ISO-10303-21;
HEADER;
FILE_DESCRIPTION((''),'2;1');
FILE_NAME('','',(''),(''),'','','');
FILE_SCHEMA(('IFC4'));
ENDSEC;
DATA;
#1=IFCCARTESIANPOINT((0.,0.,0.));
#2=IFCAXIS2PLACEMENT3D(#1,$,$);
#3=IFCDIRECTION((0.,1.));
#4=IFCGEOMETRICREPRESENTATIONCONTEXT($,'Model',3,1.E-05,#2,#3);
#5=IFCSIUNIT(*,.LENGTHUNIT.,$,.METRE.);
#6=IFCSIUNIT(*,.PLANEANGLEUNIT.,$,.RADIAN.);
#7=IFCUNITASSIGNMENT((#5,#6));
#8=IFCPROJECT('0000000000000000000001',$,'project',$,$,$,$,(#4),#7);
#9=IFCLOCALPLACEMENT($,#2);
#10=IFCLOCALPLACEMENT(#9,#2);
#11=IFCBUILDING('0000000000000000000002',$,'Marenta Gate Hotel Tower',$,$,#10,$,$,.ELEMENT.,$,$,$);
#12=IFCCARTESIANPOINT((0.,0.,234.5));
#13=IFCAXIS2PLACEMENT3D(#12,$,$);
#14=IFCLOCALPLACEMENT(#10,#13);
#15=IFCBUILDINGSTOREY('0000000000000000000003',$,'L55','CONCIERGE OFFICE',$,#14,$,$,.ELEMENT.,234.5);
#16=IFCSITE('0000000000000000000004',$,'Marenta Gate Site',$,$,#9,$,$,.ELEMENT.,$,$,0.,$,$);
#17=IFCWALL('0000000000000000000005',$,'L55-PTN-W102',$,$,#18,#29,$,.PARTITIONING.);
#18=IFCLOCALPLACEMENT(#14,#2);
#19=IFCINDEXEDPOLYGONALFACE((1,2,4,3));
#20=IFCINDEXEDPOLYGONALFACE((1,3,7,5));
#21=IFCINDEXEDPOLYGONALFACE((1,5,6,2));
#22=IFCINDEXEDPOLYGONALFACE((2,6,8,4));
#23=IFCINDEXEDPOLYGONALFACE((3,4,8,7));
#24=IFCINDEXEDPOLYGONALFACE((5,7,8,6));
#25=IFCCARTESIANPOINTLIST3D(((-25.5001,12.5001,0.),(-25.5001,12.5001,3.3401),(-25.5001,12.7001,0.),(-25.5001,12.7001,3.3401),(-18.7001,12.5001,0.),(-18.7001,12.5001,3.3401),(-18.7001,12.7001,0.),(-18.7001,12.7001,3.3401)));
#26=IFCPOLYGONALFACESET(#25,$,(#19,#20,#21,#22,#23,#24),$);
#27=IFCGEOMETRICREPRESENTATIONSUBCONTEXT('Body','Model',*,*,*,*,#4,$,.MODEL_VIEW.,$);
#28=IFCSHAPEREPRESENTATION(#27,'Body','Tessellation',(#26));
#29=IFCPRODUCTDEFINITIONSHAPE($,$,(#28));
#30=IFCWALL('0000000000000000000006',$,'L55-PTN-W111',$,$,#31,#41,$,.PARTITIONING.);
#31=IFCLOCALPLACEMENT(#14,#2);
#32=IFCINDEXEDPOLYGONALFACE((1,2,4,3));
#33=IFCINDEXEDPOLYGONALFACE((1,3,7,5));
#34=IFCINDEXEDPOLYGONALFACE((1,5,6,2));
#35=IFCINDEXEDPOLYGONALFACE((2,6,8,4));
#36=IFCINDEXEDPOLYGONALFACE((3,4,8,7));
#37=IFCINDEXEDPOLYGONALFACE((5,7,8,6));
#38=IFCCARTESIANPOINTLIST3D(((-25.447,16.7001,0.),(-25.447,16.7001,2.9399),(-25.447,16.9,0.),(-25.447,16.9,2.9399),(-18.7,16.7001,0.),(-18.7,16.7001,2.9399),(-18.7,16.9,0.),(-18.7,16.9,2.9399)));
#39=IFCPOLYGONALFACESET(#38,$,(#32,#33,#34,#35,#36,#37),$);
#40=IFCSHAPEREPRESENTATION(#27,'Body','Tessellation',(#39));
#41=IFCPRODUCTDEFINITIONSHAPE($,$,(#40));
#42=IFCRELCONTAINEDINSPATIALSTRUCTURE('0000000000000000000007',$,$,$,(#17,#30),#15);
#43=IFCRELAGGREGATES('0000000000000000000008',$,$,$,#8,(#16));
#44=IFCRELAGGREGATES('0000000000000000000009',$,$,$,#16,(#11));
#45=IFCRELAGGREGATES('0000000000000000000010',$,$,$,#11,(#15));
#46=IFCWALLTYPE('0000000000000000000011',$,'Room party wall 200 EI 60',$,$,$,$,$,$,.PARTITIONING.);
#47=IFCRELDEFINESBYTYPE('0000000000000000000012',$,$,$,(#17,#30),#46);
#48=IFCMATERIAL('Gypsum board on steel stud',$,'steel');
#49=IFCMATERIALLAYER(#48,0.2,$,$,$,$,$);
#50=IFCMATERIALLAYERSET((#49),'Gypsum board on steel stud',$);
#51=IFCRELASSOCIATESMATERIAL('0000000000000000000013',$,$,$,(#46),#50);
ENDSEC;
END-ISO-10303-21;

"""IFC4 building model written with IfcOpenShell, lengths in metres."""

from ifc_helpers import new_model, si_unit, direction, frame, frame_2d, origin, place, context, subcontext, project, spatial, rectangle, extrude, material, layer, layer_set, type_object, element, save


model = new_model("IFC4")

# Units and contexts
model_context = context("Model", 3, precision=1e-05, world=origin(), true_north=direction((0.0, 1.0)))
body_context = subcontext(model_context, "Body", "Model", "MODEL_VIEW")
ifc_project = project(units=[si_unit("LENGTHUNIT", "METRE"), si_unit("PLANEANGLEUNIT", "RADIAN")], contexts=[model_context])

# Site, building, storey
site_placement = place(None, origin())
site = spatial("IfcSite", under=ifc_project, at=site_placement, Name="Marenta Gate Site", CompositionType="ELEMENT", RefElevation=0.0)
building_placement = place(site_placement, origin())
building = spatial("IfcBuilding", under=site, at=building_placement, Name="Marenta Gate Hotel Tower", CompositionType="ELEMENT")
storey_placement = place(building_placement, frame((0.0, 0.0, 234.5)))
storey = spatial("IfcBuildingStorey", under=building, at=storey_placement, Name="L55", Description="CONCIERGE OFFICE", CompositionType="ELEMENT", Elevation=234.5)

# Walls
ifc_material_1 = material(Name="Gypsum board on steel stud", Category="steel")
ifc_layer_1 = layer(ifc_material_1, 0.2)
ifc_layer_set_1 = layer_set([ifc_layer_1], Name="Gypsum board on steel stud")
wall_type = type_object("IfcWallType", Name="Room party wall 200 EI 60", PredefinedType="PARTITIONING", material=ifc_layer_set_1)
wall_1_placement = place(storey_placement, frame((-25.5, 12.6001, 0.0), z_axis=(0.0, 0.0, 1.0), x_axis=(1.0, 0.0, 0.0)))
element("IfcWall", 1, at=wall_1_placement, inside=storey, type_object=wall_type, Name="L55-PTN-W102", PredefinedType="PARTITIONING", context=body_context, shape_type="SweptSolid", body=[
    extrude(rectangle(XDim=6.8, YDim=0.2, at=frame_2d((3.3999, 0.0))), origin(), (0.0, 0.0, 1.0), 3.3401),
])
wall_2_placement = place(storey_placement, frame((-25.447, 16.8, 0.0), z_axis=(0.0, 0.0, 1.0), x_axis=(1.0, 0.0, 0.0)))
element("IfcWall", 2, at=wall_2_placement, inside=storey, type_object=wall_type, Name="L55-PTN-W111", PredefinedType="PARTITIONING", context=body_context, shape_type="SweptSolid", body=[
    extrude(rectangle(XDim=6.7471, YDim=0.2, at=frame_2d((3.3735, 0.0))), origin(), (0.0, 0.0, 1.0), 2.9399),
])

save(model, "model.ifc")
